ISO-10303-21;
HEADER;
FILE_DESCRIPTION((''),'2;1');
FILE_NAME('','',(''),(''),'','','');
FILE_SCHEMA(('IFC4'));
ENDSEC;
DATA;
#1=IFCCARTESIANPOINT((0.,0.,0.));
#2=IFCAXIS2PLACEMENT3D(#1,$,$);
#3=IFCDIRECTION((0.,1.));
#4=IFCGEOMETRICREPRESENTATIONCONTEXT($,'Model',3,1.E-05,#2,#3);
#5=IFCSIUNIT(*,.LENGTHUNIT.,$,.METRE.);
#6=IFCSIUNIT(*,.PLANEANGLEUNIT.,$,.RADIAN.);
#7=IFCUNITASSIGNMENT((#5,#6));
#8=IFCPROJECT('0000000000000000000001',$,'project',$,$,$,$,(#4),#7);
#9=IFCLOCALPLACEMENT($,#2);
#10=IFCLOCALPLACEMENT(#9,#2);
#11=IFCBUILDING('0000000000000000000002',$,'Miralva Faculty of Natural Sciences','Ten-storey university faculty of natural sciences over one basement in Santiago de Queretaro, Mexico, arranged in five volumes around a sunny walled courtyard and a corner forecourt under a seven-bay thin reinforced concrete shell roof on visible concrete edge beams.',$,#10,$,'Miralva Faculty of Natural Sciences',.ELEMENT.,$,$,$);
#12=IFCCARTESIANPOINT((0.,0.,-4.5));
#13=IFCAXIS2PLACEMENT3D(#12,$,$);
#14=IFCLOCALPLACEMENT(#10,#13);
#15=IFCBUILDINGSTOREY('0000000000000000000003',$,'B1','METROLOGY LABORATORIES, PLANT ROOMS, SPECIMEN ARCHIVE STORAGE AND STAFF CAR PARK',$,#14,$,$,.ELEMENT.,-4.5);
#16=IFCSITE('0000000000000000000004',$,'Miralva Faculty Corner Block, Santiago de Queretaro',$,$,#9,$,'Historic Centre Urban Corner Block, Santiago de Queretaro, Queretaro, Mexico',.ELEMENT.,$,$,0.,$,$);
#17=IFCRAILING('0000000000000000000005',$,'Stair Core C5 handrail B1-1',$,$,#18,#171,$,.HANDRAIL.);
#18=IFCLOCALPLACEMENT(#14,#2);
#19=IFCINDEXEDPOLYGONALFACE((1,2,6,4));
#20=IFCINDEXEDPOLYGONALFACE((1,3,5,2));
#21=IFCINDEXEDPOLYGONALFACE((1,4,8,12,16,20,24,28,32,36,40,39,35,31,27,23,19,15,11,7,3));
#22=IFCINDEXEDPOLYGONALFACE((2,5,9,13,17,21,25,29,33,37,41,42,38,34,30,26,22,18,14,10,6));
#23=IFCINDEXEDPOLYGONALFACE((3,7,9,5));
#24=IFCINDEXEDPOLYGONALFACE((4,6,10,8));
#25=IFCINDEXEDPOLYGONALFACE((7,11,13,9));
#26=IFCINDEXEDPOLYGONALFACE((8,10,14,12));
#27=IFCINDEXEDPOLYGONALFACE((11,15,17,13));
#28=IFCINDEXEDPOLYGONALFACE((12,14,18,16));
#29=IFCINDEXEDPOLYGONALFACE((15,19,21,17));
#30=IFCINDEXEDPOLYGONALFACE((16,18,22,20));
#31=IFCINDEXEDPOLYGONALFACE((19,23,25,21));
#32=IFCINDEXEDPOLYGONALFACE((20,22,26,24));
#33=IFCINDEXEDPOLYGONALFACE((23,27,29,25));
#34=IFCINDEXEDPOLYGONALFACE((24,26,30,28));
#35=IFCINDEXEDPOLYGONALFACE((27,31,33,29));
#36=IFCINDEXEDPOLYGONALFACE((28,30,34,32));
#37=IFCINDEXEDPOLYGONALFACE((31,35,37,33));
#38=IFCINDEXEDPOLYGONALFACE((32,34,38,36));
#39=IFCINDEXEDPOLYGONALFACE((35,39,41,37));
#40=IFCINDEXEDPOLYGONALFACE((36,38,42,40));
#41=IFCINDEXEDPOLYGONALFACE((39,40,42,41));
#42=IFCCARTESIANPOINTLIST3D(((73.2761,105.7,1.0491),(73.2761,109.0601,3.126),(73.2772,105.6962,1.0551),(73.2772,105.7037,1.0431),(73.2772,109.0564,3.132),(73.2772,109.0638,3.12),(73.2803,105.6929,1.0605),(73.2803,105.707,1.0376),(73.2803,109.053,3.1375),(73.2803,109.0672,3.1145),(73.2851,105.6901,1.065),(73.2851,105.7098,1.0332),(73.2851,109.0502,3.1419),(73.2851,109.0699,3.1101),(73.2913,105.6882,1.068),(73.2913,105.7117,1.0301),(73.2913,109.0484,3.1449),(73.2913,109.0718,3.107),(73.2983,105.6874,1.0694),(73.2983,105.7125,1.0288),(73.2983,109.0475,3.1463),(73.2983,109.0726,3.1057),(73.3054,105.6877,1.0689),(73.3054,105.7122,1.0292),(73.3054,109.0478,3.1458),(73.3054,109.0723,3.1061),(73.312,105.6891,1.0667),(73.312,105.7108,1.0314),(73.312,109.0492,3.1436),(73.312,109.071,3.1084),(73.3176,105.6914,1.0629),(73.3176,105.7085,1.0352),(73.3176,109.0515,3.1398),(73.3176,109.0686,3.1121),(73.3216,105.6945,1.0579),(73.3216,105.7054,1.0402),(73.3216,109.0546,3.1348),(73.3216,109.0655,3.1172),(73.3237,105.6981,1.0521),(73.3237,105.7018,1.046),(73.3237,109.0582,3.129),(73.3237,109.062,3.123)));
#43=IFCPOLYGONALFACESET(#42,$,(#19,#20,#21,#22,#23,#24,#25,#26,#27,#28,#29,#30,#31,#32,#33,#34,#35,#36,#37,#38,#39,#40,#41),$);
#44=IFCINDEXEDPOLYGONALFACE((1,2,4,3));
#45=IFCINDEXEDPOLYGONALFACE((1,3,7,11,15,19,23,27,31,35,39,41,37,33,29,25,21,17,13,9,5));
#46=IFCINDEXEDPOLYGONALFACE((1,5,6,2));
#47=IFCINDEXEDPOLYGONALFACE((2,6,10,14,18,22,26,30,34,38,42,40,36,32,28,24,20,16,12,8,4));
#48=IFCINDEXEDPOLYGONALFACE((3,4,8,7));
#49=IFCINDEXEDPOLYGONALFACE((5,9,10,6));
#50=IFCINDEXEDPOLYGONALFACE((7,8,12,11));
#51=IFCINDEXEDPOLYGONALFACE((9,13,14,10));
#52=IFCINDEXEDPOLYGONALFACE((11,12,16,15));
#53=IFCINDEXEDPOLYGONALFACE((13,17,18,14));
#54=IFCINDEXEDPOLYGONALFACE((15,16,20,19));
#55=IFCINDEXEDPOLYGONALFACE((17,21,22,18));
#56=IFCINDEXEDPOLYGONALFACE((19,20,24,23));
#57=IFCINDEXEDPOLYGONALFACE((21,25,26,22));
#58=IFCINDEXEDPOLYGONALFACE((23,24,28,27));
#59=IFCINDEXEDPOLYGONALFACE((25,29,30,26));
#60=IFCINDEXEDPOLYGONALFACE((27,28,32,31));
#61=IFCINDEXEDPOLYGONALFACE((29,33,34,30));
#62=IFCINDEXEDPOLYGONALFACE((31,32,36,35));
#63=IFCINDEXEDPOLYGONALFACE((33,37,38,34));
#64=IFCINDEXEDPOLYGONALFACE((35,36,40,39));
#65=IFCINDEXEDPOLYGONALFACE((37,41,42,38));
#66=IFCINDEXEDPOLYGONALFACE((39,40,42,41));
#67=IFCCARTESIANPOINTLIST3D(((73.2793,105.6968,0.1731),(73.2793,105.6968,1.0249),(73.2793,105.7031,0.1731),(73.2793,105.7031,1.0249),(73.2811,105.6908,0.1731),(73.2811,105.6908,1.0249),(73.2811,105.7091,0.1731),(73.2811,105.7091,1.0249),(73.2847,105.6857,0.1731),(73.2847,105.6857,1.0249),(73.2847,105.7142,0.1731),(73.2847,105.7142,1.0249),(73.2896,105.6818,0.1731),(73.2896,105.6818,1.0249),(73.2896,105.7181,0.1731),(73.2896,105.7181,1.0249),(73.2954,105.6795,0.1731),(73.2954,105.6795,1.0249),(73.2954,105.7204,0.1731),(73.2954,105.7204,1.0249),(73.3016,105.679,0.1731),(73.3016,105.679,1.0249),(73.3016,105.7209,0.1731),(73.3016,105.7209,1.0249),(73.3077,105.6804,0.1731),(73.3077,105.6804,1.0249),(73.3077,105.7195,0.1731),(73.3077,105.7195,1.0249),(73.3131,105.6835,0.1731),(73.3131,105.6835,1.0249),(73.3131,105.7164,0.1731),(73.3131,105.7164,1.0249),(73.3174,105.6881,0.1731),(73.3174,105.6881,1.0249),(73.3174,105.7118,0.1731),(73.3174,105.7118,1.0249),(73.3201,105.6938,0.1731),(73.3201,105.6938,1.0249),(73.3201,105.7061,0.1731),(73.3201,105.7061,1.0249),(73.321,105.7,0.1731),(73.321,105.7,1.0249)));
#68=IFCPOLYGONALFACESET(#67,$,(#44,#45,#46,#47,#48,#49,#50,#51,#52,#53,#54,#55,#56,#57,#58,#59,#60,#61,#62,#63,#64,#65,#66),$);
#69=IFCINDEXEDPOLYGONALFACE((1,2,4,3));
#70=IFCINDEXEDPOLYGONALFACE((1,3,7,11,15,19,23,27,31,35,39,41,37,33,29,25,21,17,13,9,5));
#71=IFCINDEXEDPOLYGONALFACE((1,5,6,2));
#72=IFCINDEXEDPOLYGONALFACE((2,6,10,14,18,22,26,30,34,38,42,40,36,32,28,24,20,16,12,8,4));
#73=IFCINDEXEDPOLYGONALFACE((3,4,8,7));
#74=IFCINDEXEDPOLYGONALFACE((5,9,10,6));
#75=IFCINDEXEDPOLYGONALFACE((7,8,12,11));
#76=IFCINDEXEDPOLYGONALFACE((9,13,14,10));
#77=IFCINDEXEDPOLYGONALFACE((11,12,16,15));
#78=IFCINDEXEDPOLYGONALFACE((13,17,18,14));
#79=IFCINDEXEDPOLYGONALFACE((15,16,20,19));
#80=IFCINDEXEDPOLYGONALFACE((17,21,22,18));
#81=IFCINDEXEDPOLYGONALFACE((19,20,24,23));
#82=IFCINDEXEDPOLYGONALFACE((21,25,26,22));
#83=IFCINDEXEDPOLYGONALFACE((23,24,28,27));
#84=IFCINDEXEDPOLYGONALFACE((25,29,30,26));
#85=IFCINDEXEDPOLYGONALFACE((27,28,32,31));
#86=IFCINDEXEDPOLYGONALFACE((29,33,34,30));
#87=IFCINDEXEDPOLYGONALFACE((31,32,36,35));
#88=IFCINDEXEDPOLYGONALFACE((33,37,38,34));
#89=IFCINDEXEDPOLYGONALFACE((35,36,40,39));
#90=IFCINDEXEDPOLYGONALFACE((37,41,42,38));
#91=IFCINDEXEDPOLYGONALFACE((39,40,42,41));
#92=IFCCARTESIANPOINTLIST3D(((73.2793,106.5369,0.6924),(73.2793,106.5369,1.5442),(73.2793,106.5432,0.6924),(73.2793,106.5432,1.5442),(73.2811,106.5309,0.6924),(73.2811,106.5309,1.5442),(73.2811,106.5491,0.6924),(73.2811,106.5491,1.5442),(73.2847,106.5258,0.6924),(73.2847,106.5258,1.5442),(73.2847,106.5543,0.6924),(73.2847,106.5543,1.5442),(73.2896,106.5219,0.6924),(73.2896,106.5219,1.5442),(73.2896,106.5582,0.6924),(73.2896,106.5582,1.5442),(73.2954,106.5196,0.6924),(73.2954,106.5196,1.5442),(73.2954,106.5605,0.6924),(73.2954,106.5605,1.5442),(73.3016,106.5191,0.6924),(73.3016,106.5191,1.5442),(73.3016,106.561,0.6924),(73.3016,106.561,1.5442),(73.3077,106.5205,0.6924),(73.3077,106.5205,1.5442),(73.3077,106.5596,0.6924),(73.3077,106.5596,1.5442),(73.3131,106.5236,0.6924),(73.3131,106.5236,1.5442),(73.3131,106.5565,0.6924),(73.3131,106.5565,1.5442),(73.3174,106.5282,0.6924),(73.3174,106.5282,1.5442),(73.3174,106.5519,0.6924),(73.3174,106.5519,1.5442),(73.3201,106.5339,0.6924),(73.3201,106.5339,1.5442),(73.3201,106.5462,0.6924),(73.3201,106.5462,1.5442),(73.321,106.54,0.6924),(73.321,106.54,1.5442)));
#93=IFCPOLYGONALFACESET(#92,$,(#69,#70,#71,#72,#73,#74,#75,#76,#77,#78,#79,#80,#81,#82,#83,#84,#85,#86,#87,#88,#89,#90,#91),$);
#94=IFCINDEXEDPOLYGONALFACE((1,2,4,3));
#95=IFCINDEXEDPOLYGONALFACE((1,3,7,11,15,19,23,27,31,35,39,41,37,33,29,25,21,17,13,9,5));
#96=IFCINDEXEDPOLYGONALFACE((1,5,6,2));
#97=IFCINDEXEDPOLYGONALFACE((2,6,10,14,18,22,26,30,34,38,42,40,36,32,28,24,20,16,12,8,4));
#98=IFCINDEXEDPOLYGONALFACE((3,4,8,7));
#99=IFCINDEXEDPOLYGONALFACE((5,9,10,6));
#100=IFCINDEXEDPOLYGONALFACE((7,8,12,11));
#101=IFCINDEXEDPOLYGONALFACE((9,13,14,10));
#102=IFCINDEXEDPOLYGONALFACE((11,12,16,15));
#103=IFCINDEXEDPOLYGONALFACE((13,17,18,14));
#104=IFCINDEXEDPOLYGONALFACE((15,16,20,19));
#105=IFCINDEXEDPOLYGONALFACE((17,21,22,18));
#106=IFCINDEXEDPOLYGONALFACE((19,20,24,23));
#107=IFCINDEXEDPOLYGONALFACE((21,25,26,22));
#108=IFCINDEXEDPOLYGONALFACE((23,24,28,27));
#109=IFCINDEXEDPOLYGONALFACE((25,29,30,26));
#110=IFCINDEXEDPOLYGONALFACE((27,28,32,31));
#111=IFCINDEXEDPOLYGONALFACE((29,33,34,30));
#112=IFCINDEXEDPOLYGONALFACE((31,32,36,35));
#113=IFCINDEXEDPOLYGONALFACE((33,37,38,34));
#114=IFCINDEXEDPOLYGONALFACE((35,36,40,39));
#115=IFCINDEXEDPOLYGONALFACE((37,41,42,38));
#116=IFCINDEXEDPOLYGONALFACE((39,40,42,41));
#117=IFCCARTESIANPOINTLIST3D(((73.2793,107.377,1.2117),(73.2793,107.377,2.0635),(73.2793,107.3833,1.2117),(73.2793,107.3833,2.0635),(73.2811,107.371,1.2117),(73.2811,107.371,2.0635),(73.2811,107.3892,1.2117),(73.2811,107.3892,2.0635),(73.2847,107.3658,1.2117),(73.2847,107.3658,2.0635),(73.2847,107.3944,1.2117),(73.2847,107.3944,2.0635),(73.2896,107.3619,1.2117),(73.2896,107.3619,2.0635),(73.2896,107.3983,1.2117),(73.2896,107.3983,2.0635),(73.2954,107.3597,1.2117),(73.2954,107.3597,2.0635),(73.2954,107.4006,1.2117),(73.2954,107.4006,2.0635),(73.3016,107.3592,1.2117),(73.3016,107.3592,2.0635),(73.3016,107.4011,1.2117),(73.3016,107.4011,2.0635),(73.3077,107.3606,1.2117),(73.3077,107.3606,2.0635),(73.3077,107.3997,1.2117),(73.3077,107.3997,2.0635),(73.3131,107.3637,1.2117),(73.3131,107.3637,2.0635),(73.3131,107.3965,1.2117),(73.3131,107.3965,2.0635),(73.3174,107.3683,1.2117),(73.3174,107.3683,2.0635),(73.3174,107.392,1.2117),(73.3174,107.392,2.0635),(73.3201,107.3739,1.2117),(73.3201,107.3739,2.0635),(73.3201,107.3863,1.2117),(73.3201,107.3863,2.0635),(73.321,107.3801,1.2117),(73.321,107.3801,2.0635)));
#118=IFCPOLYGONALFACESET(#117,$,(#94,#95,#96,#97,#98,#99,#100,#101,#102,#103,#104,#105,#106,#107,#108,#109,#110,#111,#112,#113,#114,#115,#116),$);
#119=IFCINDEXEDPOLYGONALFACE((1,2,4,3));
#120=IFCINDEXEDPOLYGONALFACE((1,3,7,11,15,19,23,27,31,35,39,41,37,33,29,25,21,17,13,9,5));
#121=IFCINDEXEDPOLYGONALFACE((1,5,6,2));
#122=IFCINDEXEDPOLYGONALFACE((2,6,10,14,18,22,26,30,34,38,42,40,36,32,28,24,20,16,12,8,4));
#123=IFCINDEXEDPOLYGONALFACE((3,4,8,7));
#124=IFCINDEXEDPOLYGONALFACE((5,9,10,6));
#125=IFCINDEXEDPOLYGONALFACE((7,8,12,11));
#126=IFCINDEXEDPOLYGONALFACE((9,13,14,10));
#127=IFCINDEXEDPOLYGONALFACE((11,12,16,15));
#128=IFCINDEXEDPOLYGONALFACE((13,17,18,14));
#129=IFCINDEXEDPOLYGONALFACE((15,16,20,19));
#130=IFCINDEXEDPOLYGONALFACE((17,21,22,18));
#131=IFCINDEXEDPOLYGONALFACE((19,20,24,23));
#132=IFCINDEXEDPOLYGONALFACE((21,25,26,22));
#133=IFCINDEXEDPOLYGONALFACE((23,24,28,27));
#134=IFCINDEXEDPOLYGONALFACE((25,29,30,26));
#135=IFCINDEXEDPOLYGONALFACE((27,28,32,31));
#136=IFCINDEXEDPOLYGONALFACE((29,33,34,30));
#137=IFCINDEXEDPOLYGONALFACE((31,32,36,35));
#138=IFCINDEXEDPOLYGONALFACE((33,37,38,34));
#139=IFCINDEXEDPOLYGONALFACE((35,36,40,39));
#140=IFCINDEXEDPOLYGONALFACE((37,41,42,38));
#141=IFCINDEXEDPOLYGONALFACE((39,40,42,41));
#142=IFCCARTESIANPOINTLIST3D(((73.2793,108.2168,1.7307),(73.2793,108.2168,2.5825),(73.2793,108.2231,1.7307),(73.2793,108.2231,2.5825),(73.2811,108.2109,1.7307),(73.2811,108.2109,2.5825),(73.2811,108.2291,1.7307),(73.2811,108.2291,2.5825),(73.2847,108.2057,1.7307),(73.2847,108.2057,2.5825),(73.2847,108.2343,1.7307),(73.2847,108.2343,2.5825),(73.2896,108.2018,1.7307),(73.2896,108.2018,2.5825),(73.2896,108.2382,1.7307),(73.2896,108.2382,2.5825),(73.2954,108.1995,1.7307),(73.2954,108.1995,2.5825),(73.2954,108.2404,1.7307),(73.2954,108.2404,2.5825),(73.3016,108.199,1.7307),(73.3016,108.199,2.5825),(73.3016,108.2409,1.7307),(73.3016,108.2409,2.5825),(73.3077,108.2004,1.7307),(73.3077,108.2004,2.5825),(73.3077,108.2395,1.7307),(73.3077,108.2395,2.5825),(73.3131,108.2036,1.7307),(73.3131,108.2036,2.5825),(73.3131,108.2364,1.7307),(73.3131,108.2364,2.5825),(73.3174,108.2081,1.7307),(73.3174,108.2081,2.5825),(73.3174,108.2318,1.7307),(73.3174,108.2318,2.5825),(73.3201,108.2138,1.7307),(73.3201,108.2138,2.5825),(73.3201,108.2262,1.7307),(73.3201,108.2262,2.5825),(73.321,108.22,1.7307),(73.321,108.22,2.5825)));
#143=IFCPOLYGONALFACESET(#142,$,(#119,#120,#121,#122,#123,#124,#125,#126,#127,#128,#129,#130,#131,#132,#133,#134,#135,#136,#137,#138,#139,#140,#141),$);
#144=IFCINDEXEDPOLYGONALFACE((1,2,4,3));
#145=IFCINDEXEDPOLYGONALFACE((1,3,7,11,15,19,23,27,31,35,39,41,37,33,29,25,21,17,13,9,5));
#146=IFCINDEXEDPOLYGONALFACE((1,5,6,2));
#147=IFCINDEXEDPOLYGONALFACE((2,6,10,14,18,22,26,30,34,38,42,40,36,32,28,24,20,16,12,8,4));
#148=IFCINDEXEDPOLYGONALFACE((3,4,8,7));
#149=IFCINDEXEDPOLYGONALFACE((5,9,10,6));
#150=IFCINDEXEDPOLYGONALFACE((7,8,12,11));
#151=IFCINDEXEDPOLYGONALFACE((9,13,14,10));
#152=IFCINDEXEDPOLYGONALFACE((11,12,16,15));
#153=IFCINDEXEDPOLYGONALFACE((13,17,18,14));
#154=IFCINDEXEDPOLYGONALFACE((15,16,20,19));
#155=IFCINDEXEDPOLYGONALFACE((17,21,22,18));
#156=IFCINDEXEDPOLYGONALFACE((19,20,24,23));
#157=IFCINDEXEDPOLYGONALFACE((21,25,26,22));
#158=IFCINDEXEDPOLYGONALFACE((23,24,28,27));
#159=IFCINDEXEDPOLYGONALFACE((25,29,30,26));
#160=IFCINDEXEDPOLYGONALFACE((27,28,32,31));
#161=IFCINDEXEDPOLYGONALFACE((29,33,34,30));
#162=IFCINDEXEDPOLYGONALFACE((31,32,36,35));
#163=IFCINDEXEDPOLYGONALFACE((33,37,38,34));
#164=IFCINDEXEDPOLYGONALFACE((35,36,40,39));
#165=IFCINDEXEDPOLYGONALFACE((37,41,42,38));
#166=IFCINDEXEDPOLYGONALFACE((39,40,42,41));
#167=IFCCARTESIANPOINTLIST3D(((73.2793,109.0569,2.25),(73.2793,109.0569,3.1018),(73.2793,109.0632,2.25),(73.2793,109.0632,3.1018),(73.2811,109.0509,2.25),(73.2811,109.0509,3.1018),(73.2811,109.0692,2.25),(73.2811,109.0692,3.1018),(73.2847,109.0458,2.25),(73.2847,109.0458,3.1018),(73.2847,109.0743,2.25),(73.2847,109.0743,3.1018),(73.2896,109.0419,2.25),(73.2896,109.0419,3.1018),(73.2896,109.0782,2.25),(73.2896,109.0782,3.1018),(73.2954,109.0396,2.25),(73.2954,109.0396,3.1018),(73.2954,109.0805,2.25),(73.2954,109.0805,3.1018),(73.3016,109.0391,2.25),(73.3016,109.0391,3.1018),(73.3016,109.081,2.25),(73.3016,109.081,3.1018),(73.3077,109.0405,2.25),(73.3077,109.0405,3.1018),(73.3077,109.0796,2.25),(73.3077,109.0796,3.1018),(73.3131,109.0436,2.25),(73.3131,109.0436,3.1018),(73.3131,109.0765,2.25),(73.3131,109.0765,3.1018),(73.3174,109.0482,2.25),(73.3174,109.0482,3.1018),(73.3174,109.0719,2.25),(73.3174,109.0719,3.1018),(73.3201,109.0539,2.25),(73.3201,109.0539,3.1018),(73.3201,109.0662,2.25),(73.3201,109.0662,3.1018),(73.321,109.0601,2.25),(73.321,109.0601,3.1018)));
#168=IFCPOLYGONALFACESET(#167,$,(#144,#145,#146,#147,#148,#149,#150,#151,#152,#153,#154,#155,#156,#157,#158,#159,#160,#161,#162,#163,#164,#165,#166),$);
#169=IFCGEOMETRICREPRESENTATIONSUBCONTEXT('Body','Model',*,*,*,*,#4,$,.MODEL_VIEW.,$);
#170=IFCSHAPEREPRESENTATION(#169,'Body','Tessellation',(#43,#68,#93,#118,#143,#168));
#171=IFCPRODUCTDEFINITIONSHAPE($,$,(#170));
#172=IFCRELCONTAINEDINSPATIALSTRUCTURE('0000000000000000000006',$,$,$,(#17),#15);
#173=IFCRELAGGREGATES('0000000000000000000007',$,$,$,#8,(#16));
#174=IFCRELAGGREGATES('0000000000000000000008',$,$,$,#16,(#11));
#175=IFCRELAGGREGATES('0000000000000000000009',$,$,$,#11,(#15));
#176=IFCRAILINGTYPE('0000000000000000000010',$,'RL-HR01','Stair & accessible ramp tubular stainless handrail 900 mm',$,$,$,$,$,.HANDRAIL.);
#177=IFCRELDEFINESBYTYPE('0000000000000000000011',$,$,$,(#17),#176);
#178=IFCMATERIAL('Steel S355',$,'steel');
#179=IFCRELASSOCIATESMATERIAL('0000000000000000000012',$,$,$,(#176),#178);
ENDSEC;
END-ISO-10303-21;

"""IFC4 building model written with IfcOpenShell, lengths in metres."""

from ifc_helpers import new_model, si_unit, direction, frame, origin, origin_2d, place, context, subcontext, project, spatial, circle, extrude, material, type_object, element, save


model = new_model("IFC4")

# Units and contexts
model_context = context("Model", 3, precision=1e-05, world=origin(), true_north=direction((0.0, 1.0)))
body_context = subcontext(model_context, "Body", "Model", "MODEL_VIEW")
ifc_project = project(units=[si_unit("LENGTHUNIT", "METRE"), si_unit("PLANEANGLEUNIT", "RADIAN")], contexts=[model_context])

# Site, building, storey
site_placement = place(None, origin())
site = spatial("IfcSite", under=ifc_project, at=site_placement, Name="Miralva Faculty Corner Block, Santiago de Queretaro", LongName="Historic Centre Urban Corner Block, Santiago de Queretaro, Queretaro, Mexico", CompositionType="ELEMENT", RefElevation=0.0)
building_placement = place(site_placement, origin())
building = spatial("IfcBuilding", under=site, at=building_placement, Name="Miralva Faculty of Natural Sciences", Description="Ten-storey university faculty of natural sciences over one basement in Santiago de Queretaro, Mexico, arranged in five volumes around a sunny walled courtyard and a corner forecourt under a seven-bay thin reinforced concrete shell roof on visible concrete edge beams.", LongName="Miralva Faculty of Natural Sciences", CompositionType="ELEMENT")
storey_placement = place(building_placement, frame((0.0, 0.0, -4.5)))
storey = spatial("IfcBuildingStorey", under=building, at=storey_placement, Name="B1", Description="METROLOGY LABORATORIES, PLANT ROOMS, SPECIMEN ARCHIVE STORAGE AND STAFF CAR PARK", CompositionType="ELEMENT", Elevation=-4.5)

# Railing
ifc_material_1 = material(Name="Steel S355", Category="steel")
railing_type_1 = type_object("IfcRailingType", Name="RL-HR01", Description="Stair & accessible ramp tubular stainless handrail 900 mm", PredefinedType="HANDRAIL", material=ifc_material_1)
railing_1_placement = place(storey_placement, frame((73.3, 105.7, 0.1731)))
element("IfcRailing", 1, at=railing_1_placement, inside=storey, type_object=railing_type_1, Name="Stair Core C5 handrail B1-1", PredefinedType="HANDRAIL", context=body_context, shape_type="SweptSolid", body=[
    extrude(circle(Radius=0.0239, at=origin_2d()), frame((0.0, 0.0, 0.876), z_axis=(0.0, 0.850623, 0.525776), x_axis=(-1.0, 0.0, 0.0)), (0.0, 0.0, 1.0), 3.9502),
    extrude(circle(Radius=0.021, at=origin_2d()), origin(), (0.0, 0.0, 1.0), 0.8518),
    extrude(circle(Radius=0.021, at=origin_2d()), frame((0.0, 0.8401, 0.5193)), (0.0, 0.0, 1.0), 0.8518),
    extrude(circle(Radius=0.021, at=origin_2d()), frame((0.0, 1.6802, 1.0386)), (0.0, 0.0, 1.0), 0.8518),
    extrude(circle(Radius=0.021, at=origin_2d()), frame((0.0, 2.52, 1.5576)), (0.0, 0.0, 1.0), 0.8518),
    extrude(circle(Radius=0.021, at=origin_2d()), frame((0.0, 3.3601, 2.0769)), (0.0, 0.0, 1.0), 0.8518),
])

save(model, "model.ifc")
